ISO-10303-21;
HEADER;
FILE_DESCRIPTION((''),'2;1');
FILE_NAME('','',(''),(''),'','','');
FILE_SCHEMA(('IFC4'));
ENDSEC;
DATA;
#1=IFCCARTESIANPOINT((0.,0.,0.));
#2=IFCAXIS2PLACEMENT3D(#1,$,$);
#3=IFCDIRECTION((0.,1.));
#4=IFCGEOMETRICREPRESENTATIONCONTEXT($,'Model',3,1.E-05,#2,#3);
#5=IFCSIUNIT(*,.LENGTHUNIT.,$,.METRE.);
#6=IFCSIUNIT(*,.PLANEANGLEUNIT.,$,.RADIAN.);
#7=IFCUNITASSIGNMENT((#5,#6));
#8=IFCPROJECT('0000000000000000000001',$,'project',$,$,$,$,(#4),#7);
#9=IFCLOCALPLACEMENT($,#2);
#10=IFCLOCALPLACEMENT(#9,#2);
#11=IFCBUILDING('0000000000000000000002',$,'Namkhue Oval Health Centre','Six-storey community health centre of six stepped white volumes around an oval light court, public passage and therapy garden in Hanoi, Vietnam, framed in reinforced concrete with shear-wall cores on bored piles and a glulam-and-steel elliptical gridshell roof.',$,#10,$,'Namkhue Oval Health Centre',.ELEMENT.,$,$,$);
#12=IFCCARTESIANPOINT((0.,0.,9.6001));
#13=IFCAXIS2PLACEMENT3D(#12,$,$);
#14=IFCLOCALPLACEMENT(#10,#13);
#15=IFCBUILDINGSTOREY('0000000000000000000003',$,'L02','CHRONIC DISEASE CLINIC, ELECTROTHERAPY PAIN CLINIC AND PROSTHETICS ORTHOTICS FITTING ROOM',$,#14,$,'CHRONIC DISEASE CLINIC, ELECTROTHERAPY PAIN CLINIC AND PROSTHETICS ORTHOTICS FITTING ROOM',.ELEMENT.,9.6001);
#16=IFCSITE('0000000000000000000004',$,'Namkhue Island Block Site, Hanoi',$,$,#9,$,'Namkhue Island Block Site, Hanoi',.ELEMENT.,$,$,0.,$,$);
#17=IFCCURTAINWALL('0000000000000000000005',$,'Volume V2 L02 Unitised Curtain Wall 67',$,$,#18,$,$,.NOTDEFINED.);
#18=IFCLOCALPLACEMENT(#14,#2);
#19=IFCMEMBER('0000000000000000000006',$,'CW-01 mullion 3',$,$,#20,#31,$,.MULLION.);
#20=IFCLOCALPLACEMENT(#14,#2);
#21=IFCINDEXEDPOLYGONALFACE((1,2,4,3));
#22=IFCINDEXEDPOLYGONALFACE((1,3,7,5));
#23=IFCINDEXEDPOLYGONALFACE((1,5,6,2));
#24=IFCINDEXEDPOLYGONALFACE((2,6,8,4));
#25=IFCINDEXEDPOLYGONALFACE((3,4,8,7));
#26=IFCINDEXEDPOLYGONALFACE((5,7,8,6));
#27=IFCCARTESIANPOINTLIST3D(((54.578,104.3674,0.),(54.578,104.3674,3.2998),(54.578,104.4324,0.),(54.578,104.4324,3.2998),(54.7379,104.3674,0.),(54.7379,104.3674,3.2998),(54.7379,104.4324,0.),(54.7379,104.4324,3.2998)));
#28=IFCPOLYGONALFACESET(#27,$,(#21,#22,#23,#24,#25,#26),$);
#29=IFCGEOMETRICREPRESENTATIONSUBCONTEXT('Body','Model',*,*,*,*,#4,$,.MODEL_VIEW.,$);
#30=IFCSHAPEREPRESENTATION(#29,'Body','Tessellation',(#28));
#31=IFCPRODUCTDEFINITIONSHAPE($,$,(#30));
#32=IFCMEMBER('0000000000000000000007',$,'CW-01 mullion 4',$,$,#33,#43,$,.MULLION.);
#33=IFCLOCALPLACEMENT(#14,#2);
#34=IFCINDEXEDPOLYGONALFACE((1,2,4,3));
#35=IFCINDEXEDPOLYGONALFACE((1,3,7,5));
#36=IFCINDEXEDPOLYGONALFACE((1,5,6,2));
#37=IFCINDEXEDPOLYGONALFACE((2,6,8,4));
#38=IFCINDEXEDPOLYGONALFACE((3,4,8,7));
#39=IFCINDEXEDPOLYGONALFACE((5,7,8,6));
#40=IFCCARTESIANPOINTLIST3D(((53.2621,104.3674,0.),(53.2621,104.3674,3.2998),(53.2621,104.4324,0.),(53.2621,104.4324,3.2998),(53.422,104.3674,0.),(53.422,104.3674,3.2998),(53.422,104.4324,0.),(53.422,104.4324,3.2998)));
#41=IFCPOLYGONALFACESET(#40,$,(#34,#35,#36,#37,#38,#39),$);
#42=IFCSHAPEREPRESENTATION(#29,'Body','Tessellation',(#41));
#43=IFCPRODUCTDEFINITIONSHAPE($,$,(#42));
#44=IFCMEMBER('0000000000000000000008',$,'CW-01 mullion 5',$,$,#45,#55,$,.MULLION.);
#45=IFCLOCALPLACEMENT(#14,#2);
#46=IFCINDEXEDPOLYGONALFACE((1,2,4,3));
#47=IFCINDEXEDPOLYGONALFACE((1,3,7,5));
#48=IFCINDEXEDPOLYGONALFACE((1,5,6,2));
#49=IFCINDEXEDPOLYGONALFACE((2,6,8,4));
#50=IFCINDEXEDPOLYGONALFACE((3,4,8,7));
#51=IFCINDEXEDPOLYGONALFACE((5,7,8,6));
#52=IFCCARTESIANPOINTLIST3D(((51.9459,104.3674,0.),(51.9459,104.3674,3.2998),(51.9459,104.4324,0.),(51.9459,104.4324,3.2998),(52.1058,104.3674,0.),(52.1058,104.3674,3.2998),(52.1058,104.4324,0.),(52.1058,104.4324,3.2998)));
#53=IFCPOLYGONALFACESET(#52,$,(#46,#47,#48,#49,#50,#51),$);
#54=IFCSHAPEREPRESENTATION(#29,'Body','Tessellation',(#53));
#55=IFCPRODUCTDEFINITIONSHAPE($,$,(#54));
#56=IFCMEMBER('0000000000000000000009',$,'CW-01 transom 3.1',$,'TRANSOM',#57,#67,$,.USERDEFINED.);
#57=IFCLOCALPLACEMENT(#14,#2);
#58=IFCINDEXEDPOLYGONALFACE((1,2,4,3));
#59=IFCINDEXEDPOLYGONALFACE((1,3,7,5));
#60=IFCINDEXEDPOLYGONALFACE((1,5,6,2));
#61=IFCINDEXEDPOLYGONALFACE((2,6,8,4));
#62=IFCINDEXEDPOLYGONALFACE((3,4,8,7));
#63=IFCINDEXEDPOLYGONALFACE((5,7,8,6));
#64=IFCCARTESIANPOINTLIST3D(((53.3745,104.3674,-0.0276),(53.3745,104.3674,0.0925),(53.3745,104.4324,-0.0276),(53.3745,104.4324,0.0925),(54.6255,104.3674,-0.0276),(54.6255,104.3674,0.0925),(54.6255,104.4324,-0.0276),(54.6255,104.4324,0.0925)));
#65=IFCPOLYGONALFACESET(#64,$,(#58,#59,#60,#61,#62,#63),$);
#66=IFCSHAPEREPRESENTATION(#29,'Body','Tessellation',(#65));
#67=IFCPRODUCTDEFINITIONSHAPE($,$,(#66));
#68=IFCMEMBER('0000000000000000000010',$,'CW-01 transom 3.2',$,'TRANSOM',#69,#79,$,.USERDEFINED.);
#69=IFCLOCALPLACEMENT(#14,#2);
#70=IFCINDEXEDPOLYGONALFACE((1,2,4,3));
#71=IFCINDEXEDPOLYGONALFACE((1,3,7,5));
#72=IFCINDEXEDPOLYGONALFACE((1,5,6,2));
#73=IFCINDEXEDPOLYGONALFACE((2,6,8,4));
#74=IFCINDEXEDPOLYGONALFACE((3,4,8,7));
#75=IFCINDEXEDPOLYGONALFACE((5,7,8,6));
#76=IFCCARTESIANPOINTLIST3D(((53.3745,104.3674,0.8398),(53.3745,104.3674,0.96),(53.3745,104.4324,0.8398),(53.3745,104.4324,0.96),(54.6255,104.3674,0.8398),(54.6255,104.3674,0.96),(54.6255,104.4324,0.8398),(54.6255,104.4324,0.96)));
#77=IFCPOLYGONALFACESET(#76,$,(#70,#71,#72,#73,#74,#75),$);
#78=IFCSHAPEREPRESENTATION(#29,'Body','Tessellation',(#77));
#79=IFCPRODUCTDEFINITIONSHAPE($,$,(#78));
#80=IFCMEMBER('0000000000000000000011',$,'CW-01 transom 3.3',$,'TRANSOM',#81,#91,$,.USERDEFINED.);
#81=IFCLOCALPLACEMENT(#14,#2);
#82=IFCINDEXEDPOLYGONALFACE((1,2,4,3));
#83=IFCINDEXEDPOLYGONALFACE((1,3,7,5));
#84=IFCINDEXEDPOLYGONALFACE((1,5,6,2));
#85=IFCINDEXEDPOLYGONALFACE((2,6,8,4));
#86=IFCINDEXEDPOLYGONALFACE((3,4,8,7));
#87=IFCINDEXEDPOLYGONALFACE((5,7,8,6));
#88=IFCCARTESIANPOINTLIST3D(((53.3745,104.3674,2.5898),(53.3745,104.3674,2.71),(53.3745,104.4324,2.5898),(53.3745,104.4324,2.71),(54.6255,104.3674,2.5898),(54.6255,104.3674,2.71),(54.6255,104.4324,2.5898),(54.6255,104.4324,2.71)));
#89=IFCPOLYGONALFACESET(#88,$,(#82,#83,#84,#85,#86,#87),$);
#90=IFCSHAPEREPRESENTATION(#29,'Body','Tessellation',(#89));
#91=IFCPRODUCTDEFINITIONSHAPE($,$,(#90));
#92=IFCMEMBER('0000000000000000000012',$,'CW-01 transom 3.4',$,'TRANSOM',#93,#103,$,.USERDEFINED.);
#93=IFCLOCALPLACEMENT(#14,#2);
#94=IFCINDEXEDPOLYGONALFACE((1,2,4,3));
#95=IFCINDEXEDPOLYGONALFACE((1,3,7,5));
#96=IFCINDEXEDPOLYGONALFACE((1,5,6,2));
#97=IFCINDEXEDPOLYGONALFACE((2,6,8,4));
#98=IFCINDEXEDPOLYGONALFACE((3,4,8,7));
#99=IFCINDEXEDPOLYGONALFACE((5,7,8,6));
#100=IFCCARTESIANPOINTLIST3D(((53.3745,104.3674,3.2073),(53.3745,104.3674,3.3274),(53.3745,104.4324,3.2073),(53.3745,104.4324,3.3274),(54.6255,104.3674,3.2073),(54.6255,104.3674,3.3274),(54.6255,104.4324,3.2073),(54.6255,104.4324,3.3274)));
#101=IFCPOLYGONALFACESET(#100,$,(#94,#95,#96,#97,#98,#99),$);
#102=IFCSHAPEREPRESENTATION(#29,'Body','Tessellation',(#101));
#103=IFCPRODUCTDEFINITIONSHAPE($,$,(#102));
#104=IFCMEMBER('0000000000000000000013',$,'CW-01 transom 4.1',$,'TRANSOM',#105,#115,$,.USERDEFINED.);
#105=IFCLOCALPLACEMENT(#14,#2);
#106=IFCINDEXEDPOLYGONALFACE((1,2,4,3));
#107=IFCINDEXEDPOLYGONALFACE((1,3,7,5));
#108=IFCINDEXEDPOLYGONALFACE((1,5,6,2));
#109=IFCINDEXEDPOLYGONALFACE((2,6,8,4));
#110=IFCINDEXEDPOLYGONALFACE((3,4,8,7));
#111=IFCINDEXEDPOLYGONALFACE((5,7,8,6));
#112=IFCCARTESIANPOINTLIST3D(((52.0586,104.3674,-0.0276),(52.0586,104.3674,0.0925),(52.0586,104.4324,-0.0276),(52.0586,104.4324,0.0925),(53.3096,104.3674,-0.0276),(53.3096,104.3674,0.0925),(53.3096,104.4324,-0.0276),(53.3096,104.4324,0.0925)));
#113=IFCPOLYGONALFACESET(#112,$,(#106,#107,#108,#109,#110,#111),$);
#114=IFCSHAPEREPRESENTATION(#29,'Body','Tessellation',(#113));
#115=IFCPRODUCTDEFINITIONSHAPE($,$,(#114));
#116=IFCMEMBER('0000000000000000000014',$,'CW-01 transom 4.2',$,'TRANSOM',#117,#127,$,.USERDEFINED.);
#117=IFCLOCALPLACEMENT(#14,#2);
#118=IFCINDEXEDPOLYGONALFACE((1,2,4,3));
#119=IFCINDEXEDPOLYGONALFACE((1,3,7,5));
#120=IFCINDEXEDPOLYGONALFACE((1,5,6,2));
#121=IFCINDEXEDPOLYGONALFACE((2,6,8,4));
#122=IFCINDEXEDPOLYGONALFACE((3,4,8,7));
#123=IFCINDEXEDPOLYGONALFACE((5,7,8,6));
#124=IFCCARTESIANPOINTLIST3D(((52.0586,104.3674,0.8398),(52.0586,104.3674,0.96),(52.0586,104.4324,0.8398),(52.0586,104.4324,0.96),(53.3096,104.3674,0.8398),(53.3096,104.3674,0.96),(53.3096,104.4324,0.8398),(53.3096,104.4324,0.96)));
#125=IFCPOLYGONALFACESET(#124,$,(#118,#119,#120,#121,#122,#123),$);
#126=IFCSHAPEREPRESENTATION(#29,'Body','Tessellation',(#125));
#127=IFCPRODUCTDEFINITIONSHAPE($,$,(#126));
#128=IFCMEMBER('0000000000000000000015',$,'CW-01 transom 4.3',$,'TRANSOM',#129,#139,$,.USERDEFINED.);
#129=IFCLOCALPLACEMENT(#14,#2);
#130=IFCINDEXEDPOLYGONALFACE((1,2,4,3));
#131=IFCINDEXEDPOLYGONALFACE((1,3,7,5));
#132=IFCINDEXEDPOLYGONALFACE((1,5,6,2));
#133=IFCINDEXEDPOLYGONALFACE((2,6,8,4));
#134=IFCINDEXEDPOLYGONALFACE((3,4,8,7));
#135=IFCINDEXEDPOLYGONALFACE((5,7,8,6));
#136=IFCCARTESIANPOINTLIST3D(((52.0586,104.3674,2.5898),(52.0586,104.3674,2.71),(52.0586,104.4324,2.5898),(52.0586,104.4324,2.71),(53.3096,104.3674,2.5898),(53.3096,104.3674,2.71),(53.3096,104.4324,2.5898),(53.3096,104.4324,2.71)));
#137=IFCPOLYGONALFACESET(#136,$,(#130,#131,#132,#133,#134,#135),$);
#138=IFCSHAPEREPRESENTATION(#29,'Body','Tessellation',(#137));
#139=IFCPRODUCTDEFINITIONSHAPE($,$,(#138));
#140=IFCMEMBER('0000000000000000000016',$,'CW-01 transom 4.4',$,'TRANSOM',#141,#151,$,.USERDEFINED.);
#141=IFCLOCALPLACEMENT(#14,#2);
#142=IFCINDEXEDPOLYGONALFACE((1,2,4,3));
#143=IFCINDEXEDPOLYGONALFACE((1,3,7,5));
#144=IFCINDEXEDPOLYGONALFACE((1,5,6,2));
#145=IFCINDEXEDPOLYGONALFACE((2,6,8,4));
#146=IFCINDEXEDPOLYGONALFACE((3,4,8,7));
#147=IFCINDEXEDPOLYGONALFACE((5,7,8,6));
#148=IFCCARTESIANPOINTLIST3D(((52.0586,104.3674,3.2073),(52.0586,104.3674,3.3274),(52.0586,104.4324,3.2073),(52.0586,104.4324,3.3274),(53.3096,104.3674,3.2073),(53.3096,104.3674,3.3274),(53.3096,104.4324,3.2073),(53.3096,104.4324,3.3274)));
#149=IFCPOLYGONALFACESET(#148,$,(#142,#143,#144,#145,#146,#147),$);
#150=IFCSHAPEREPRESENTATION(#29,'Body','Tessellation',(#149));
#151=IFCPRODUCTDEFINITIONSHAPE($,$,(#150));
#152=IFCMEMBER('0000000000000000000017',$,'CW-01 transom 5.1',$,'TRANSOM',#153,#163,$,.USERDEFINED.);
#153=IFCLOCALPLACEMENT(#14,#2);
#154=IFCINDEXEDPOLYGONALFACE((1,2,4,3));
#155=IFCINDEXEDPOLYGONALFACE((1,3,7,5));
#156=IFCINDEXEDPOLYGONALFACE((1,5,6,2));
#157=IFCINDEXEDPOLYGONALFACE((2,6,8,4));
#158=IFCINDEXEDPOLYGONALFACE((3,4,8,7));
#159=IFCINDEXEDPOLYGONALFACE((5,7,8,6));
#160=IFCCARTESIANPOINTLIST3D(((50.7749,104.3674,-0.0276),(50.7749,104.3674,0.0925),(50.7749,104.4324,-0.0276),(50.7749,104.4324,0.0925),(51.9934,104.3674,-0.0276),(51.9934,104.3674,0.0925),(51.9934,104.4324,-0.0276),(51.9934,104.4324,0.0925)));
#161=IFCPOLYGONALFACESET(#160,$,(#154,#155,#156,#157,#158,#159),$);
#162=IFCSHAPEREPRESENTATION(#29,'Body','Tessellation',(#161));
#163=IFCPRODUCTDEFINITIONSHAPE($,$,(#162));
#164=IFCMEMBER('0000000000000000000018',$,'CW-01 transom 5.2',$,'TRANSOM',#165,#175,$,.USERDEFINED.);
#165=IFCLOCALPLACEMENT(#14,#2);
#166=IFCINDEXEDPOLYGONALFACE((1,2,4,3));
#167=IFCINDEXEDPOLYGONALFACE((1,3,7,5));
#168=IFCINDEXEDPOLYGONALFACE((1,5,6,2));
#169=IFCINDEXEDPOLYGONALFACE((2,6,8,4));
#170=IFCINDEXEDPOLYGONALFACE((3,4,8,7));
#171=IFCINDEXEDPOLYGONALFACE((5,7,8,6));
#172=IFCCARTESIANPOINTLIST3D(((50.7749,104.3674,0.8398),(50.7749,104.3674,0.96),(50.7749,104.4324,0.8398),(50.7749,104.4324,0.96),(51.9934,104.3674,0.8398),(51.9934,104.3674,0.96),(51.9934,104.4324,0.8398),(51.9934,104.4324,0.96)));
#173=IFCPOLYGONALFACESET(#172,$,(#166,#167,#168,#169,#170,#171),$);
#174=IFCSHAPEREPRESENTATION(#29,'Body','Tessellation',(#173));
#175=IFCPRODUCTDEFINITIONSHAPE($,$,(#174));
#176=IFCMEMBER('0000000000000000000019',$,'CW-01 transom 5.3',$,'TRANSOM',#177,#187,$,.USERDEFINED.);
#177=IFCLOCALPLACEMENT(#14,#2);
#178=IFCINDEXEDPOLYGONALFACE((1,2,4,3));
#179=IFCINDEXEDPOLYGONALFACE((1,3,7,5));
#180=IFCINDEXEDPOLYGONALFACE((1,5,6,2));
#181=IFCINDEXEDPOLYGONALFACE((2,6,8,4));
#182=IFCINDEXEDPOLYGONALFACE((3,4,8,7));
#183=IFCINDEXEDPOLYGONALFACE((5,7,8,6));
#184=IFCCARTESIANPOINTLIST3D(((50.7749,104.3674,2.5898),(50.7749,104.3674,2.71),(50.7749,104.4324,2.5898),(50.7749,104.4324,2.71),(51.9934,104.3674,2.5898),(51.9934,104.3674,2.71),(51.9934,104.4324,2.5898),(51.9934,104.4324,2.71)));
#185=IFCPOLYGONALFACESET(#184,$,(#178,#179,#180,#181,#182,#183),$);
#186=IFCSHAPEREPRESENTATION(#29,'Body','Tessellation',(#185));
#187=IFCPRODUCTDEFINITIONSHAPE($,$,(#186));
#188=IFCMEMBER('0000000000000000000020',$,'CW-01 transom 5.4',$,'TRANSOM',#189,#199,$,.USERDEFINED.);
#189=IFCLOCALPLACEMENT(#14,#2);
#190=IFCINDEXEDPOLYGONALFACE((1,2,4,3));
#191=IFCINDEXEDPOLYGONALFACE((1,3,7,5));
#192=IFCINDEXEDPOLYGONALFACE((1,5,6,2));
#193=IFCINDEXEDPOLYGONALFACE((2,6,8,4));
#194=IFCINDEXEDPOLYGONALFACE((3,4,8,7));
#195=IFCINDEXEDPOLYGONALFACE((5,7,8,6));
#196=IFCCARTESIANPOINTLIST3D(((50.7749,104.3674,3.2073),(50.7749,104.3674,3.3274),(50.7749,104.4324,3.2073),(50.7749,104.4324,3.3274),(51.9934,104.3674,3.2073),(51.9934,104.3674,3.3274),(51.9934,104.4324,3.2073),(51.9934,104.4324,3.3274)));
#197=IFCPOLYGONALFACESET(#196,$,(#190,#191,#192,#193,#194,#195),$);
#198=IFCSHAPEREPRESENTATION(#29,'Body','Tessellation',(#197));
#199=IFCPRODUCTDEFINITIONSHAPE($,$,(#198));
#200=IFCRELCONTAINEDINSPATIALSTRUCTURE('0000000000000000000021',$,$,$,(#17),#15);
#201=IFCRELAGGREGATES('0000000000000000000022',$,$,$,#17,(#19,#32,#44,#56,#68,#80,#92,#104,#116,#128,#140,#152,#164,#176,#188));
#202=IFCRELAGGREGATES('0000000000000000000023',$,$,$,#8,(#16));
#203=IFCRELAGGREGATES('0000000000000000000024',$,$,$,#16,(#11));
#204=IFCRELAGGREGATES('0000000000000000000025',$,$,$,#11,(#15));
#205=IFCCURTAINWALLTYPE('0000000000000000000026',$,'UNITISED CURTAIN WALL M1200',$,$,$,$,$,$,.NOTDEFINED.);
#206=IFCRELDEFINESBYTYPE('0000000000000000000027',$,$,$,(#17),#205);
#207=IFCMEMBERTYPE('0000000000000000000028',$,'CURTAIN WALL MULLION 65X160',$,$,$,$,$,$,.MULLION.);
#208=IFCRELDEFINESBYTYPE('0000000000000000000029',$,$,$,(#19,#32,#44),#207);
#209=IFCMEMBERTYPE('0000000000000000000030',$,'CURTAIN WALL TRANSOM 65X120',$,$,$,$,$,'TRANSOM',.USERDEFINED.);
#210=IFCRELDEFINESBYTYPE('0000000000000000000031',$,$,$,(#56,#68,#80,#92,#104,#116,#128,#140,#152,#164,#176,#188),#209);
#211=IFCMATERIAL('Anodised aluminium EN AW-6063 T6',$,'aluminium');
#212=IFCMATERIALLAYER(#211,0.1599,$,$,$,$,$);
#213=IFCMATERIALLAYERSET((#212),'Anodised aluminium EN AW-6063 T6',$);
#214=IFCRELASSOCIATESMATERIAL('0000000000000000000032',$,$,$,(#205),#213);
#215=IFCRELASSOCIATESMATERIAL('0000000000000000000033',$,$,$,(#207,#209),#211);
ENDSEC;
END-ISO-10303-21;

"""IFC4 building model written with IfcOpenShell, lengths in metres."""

from ifc_helpers import new_model, si_unit, direction, frame, origin, origin_2d, place, context, subcontext, project, spatial, rectangle, extrude, material, layer, layer_set, material_profile, profile_set, type_object, element, aggregate, save


model = new_model("IFC4")

# Units and contexts
model_context = context("Model", 3, precision=1e-05, world=origin(), true_north=direction((0.0, 1.0)))
body_context = subcontext(model_context, "Body", "Model", "MODEL_VIEW")
ifc_project = project(units=[si_unit("LENGTHUNIT", "METRE"), si_unit("PLANEANGLEUNIT", "RADIAN")], contexts=[model_context])

# Site, building, storey
site_placement = place(None, origin())
site = spatial("IfcSite", under=ifc_project, at=site_placement, Name="Namkhue Island Block Site, Hanoi", LongName="Namkhue Island Block Site, Hanoi", CompositionType="ELEMENT", RefElevation=0.0)
building_placement = place(site_placement, origin())
building = spatial("IfcBuilding", under=site, at=building_placement, Name="Namkhue Oval Health Centre", Description="Six-storey community health centre of six stepped white volumes around an oval light court, public passage and therapy garden in Hanoi, Vietnam, framed in reinforced concrete with shear-wall cores on bored piles and a glulam-and-steel elliptical gridshell roof.", LongName="Namkhue Oval Health Centre", CompositionType="ELEMENT")
storey_placement = place(building_placement, frame((0.0, 0.0, 9.6001)))
storey = spatial("IfcBuildingStorey", under=building, at=storey_placement, Name="L02", Description="CHRONIC DISEASE CLINIC, ELECTROTHERAPY PAIN CLINIC AND PROSTHETICS ORTHOTICS FITTING ROOM", LongName="CHRONIC DISEASE CLINIC, ELECTROTHERAPY PAIN CLINIC AND PROSTHETICS ORTHOTICS FITTING ROOM", CompositionType="ELEMENT", Elevation=9.6001)

# Curtain wall, members
ifc_material_1 = material(Name="Anodised aluminium EN AW-6063 T6", Category="aluminium")
ifc_layer_1 = layer(ifc_material_1, 0.1599)
ifc_layer_set_1 = layer_set([ifc_layer_1], Name="Anodised aluminium EN AW-6063 T6")
curtain_wall_type = type_object("IfcCurtainWallType", Name="UNITISED CURTAIN WALL M1200", PredefinedType="NOTDEFINED", material=ifc_layer_set_1)
curtain_wall_placement = place(storey_placement, origin())
curtain_wall = element("IfcCurtainWall", 1, at=curtain_wall_placement, inside=storey, type_object=curtain_wall_type, Name="Volume V2 L02 Unitised Curtain Wall 67", PredefinedType="NOTDEFINED")
ifc_material_profile_1 = material_profile(ifc_material_1, rectangle(XDim=0.0649, YDim=0.1599, at=origin_2d()), Name="ALU 65x160")
ifc_profile_set_1 = profile_set([ifc_material_profile_1], Name="Anodised aluminium EN AW-6063 T6")
member_type_1 = type_object("IfcMemberType", Name="CURTAIN WALL MULLION 65X160", PredefinedType="MULLION", material=ifc_profile_set_1)
member_1_placement = place(storey_placement, frame((54.658, 104.3999, 0.0), z_axis=(0.0, 0.0, 1.0), x_axis=(0.0, -1.0, 0.0)))
member_1 = element("IfcMember", 2, at=member_1_placement, type_object=member_type_1, Name="CW-01 mullion 3", PredefinedType="MULLION", context=body_context, shape_type="SweptSolid", body=[
    extrude(rectangle(XDim=0.0649, YDim=0.1599, at=origin_2d()), origin(), (0.0, 0.0, 1.0), 3.2998),
])
member_2_placement = place(storey_placement, frame((53.342, 104.3999, 0.0), z_axis=(0.0, 0.0, 1.0), x_axis=(0.0, -1.0, 0.0)))
member_2 = element("IfcMember", 3, at=member_2_placement, type_object=member_type_1, Name="CW-01 mullion 4", PredefinedType="MULLION", context=body_context, shape_type="SweptSolid", body=[
    extrude(rectangle(XDim=0.0649, YDim=0.1599, at=origin_2d()), origin(), (0.0, 0.0, 1.0), 3.2998),
])
member_3_placement = place(storey_placement, frame((52.0259, 104.3999, 0.0), z_axis=(0.0, 0.0, 1.0), x_axis=(0.0, -1.0, 0.0)))
member_3 = element("IfcMember", 4, at=member_3_placement, type_object=member_type_1, Name="CW-01 mullion 5", PredefinedType="MULLION", context=body_context, shape_type="SweptSolid", body=[
    extrude(rectangle(XDim=0.0649, YDim=0.1599, at=origin_2d()), origin(), (0.0, 0.0, 1.0), 3.2998),
])
ifc_material_profile_2 = material_profile(ifc_material_1, rectangle(XDim=0.0649, YDim=0.1201, at=origin_2d()), Name="ALU 65x120")
ifc_profile_set_2 = profile_set([ifc_material_profile_2], Name="Anodised aluminium EN AW-6063 T6")
member_type_2 = type_object("IfcMemberType", Name="CURTAIN WALL TRANSOM 65X120", ElementType="TRANSOM", PredefinedType="USERDEFINED", material=ifc_profile_set_2)
member_4_placement = place(storey_placement, frame((54.6255, 104.3999, 0.0325), z_axis=(-1.0, 0.0, 0.0), x_axis=(0.0, -1.0, 0.0)))
member_4 = element("IfcMember", 5, at=member_4_placement, type_object=member_type_2, Name="CW-01 transom 3.1", ObjectType="TRANSOM", PredefinedType="USERDEFINED", context=body_context, shape_type="SweptSolid", body=[
    extrude(rectangle(XDim=0.0649, YDim=0.1201, at=origin_2d()), origin(), (0.0, 0.0, 1.0), 1.251),
])
member_5_placement = place(storey_placement, frame((54.6255, 104.3999, 0.8999), z_axis=(-1.0, 0.0, 0.0), x_axis=(0.0, -1.0, 0.0)))
member_5 = element("IfcMember", 6, at=member_5_placement, type_object=member_type_2, Name="CW-01 transom 3.2", ObjectType="TRANSOM", PredefinedType="USERDEFINED", context=body_context, shape_type="SweptSolid", body=[
    extrude(rectangle(XDim=0.0649, YDim=0.1201, at=origin_2d()), origin(), (0.0, 0.0, 1.0), 1.251),
])
member_6_placement = place(storey_placement, frame((54.6255, 104.3999, 2.6499), z_axis=(-1.0, 0.0, 0.0), x_axis=(0.0, -1.0, 0.0)))
member_6 = element("IfcMember", 7, at=member_6_placement, type_object=member_type_2, Name="CW-01 transom 3.3", ObjectType="TRANSOM", PredefinedType="USERDEFINED", context=body_context, shape_type="SweptSolid", body=[
    extrude(rectangle(XDim=0.0649, YDim=0.1201, at=origin_2d()), origin(), (0.0, 0.0, 1.0), 1.251),
])
member_7_placement = place(storey_placement, frame((54.6255, 104.3999, 3.2673), z_axis=(-1.0, 0.0, 0.0), x_axis=(0.0, -1.0, 0.0)))
member_7 = element("IfcMember", 8, at=member_7_placement, type_object=member_type_2, Name="CW-01 transom 3.4", ObjectType="TRANSOM", PredefinedType="USERDEFINED", context=body_context, shape_type="SweptSolid", body=[
    extrude(rectangle(XDim=0.0649, YDim=0.1201, at=origin_2d()), origin(), (0.0, 0.0, 1.0), 1.251),
])
member_8_placement = place(storey_placement, frame((53.3096, 104.3999, 0.0325), z_axis=(-1.0, 0.0, 0.0), x_axis=(0.0, -1.0, 0.0)))
member_8 = element("IfcMember", 9, at=member_8_placement, type_object=member_type_2, Name="CW-01 transom 4.1", ObjectType="TRANSOM", PredefinedType="USERDEFINED", context=body_context, shape_type="SweptSolid", body=[
    extrude(rectangle(XDim=0.0649, YDim=0.1201, at=origin_2d()), origin(), (0.0, 0.0, 1.0), 1.251),
])
member_9_placement = place(storey_placement, frame((53.3096, 104.3999, 0.8999), z_axis=(-1.0, 0.0, 0.0), x_axis=(0.0, -1.0, 0.0)))
member_9 = element("IfcMember", 10, at=member_9_placement, type_object=member_type_2, Name="CW-01 transom 4.2", ObjectType="TRANSOM", PredefinedType="USERDEFINED", context=body_context, shape_type="SweptSolid", body=[
    extrude(rectangle(XDim=0.0649, YDim=0.1201, at=origin_2d()), origin(), (0.0, 0.0, 1.0), 1.251),
])
member_10_placement = place(storey_placement, frame((53.3096, 104.3999, 2.6499), z_axis=(-1.0, 0.0, 0.0), x_axis=(0.0, -1.0, 0.0)))
member_10 = element("IfcMember", 11, at=member_10_placement, type_object=member_type_2, Name="CW-01 transom 4.3", ObjectType="TRANSOM", PredefinedType="USERDEFINED", context=body_context, shape_type="SweptSolid", body=[
    extrude(rectangle(XDim=0.0649, YDim=0.1201, at=origin_2d()), origin(), (0.0, 0.0, 1.0), 1.251),
])
member_11_placement = place(storey_placement, frame((53.3096, 104.3999, 3.2673), z_axis=(-1.0, 0.0, 0.0), x_axis=(0.0, -1.0, 0.0)))
member_11 = element("IfcMember", 12, at=member_11_placement, type_object=member_type_2, Name="CW-01 transom 4.4", ObjectType="TRANSOM", PredefinedType="USERDEFINED", context=body_context, shape_type="SweptSolid", body=[
    extrude(rectangle(XDim=0.0649, YDim=0.1201, at=origin_2d()), origin(), (0.0, 0.0, 1.0), 1.251),
])
member_12_placement = place(storey_placement, frame((51.9934, 104.3999, 0.0325), z_axis=(-1.0, 0.0, 0.0), x_axis=(0.0, -1.0, 0.0)))
member_12 = element("IfcMember", 13, at=member_12_placement, type_object=member_type_2, Name="CW-01 transom 5.1", ObjectType="TRANSOM", PredefinedType="USERDEFINED", context=body_context, shape_type="SweptSolid", body=[
    extrude(rectangle(XDim=0.0649, YDim=0.1201, at=origin_2d()), origin(), (0.0, 0.0, 1.0), 1.2185),
])
member_13_placement = place(storey_placement, frame((51.9934, 104.3999, 0.8999), z_axis=(-1.0, 0.0, 0.0), x_axis=(0.0, -1.0, 0.0)))
member_13 = element("IfcMember", 14, at=member_13_placement, type_object=member_type_2, Name="CW-01 transom 5.2", ObjectType="TRANSOM", PredefinedType="USERDEFINED", context=body_context, shape_type="SweptSolid", body=[
    extrude(rectangle(XDim=0.0649, YDim=0.1201, at=origin_2d()), origin(), (0.0, 0.0, 1.0), 1.2185),
])
member_14_placement = place(storey_placement, frame((51.9934, 104.3999, 2.6499), z_axis=(-1.0, 0.0, 0.0), x_axis=(0.0, -1.0, 0.0)))
member_14 = element("IfcMember", 15, at=member_14_placement, type_object=member_type_2, Name="CW-01 transom 5.3", ObjectType="TRANSOM", PredefinedType="USERDEFINED", context=body_context, shape_type="SweptSolid", body=[
    extrude(rectangle(XDim=0.0649, YDim=0.1201, at=origin_2d()), origin(), (0.0, 0.0, 1.0), 1.2185),
])
member_15_placement = place(storey_placement, frame((51.9934, 104.3999, 3.2673), z_axis=(-1.0, 0.0, 0.0), x_axis=(0.0, -1.0, 0.0)))
member_15 = element("IfcMember", 16, at=member_15_placement, type_object=member_type_2, Name="CW-01 transom 5.4", ObjectType="TRANSOM", PredefinedType="USERDEFINED", context=body_context, shape_type="SweptSolid", body=[
    extrude(rectangle(XDim=0.0649, YDim=0.1201, at=origin_2d()), origin(), (0.0, 0.0, 1.0), 1.2185),
])
aggregate(curtain_wall, [member_1, member_2, member_3, member_4, member_5, member_6, member_7, member_8, member_9, member_10, member_11, member_12, member_13, member_14, member_15])

save(model, "model.ifc")
